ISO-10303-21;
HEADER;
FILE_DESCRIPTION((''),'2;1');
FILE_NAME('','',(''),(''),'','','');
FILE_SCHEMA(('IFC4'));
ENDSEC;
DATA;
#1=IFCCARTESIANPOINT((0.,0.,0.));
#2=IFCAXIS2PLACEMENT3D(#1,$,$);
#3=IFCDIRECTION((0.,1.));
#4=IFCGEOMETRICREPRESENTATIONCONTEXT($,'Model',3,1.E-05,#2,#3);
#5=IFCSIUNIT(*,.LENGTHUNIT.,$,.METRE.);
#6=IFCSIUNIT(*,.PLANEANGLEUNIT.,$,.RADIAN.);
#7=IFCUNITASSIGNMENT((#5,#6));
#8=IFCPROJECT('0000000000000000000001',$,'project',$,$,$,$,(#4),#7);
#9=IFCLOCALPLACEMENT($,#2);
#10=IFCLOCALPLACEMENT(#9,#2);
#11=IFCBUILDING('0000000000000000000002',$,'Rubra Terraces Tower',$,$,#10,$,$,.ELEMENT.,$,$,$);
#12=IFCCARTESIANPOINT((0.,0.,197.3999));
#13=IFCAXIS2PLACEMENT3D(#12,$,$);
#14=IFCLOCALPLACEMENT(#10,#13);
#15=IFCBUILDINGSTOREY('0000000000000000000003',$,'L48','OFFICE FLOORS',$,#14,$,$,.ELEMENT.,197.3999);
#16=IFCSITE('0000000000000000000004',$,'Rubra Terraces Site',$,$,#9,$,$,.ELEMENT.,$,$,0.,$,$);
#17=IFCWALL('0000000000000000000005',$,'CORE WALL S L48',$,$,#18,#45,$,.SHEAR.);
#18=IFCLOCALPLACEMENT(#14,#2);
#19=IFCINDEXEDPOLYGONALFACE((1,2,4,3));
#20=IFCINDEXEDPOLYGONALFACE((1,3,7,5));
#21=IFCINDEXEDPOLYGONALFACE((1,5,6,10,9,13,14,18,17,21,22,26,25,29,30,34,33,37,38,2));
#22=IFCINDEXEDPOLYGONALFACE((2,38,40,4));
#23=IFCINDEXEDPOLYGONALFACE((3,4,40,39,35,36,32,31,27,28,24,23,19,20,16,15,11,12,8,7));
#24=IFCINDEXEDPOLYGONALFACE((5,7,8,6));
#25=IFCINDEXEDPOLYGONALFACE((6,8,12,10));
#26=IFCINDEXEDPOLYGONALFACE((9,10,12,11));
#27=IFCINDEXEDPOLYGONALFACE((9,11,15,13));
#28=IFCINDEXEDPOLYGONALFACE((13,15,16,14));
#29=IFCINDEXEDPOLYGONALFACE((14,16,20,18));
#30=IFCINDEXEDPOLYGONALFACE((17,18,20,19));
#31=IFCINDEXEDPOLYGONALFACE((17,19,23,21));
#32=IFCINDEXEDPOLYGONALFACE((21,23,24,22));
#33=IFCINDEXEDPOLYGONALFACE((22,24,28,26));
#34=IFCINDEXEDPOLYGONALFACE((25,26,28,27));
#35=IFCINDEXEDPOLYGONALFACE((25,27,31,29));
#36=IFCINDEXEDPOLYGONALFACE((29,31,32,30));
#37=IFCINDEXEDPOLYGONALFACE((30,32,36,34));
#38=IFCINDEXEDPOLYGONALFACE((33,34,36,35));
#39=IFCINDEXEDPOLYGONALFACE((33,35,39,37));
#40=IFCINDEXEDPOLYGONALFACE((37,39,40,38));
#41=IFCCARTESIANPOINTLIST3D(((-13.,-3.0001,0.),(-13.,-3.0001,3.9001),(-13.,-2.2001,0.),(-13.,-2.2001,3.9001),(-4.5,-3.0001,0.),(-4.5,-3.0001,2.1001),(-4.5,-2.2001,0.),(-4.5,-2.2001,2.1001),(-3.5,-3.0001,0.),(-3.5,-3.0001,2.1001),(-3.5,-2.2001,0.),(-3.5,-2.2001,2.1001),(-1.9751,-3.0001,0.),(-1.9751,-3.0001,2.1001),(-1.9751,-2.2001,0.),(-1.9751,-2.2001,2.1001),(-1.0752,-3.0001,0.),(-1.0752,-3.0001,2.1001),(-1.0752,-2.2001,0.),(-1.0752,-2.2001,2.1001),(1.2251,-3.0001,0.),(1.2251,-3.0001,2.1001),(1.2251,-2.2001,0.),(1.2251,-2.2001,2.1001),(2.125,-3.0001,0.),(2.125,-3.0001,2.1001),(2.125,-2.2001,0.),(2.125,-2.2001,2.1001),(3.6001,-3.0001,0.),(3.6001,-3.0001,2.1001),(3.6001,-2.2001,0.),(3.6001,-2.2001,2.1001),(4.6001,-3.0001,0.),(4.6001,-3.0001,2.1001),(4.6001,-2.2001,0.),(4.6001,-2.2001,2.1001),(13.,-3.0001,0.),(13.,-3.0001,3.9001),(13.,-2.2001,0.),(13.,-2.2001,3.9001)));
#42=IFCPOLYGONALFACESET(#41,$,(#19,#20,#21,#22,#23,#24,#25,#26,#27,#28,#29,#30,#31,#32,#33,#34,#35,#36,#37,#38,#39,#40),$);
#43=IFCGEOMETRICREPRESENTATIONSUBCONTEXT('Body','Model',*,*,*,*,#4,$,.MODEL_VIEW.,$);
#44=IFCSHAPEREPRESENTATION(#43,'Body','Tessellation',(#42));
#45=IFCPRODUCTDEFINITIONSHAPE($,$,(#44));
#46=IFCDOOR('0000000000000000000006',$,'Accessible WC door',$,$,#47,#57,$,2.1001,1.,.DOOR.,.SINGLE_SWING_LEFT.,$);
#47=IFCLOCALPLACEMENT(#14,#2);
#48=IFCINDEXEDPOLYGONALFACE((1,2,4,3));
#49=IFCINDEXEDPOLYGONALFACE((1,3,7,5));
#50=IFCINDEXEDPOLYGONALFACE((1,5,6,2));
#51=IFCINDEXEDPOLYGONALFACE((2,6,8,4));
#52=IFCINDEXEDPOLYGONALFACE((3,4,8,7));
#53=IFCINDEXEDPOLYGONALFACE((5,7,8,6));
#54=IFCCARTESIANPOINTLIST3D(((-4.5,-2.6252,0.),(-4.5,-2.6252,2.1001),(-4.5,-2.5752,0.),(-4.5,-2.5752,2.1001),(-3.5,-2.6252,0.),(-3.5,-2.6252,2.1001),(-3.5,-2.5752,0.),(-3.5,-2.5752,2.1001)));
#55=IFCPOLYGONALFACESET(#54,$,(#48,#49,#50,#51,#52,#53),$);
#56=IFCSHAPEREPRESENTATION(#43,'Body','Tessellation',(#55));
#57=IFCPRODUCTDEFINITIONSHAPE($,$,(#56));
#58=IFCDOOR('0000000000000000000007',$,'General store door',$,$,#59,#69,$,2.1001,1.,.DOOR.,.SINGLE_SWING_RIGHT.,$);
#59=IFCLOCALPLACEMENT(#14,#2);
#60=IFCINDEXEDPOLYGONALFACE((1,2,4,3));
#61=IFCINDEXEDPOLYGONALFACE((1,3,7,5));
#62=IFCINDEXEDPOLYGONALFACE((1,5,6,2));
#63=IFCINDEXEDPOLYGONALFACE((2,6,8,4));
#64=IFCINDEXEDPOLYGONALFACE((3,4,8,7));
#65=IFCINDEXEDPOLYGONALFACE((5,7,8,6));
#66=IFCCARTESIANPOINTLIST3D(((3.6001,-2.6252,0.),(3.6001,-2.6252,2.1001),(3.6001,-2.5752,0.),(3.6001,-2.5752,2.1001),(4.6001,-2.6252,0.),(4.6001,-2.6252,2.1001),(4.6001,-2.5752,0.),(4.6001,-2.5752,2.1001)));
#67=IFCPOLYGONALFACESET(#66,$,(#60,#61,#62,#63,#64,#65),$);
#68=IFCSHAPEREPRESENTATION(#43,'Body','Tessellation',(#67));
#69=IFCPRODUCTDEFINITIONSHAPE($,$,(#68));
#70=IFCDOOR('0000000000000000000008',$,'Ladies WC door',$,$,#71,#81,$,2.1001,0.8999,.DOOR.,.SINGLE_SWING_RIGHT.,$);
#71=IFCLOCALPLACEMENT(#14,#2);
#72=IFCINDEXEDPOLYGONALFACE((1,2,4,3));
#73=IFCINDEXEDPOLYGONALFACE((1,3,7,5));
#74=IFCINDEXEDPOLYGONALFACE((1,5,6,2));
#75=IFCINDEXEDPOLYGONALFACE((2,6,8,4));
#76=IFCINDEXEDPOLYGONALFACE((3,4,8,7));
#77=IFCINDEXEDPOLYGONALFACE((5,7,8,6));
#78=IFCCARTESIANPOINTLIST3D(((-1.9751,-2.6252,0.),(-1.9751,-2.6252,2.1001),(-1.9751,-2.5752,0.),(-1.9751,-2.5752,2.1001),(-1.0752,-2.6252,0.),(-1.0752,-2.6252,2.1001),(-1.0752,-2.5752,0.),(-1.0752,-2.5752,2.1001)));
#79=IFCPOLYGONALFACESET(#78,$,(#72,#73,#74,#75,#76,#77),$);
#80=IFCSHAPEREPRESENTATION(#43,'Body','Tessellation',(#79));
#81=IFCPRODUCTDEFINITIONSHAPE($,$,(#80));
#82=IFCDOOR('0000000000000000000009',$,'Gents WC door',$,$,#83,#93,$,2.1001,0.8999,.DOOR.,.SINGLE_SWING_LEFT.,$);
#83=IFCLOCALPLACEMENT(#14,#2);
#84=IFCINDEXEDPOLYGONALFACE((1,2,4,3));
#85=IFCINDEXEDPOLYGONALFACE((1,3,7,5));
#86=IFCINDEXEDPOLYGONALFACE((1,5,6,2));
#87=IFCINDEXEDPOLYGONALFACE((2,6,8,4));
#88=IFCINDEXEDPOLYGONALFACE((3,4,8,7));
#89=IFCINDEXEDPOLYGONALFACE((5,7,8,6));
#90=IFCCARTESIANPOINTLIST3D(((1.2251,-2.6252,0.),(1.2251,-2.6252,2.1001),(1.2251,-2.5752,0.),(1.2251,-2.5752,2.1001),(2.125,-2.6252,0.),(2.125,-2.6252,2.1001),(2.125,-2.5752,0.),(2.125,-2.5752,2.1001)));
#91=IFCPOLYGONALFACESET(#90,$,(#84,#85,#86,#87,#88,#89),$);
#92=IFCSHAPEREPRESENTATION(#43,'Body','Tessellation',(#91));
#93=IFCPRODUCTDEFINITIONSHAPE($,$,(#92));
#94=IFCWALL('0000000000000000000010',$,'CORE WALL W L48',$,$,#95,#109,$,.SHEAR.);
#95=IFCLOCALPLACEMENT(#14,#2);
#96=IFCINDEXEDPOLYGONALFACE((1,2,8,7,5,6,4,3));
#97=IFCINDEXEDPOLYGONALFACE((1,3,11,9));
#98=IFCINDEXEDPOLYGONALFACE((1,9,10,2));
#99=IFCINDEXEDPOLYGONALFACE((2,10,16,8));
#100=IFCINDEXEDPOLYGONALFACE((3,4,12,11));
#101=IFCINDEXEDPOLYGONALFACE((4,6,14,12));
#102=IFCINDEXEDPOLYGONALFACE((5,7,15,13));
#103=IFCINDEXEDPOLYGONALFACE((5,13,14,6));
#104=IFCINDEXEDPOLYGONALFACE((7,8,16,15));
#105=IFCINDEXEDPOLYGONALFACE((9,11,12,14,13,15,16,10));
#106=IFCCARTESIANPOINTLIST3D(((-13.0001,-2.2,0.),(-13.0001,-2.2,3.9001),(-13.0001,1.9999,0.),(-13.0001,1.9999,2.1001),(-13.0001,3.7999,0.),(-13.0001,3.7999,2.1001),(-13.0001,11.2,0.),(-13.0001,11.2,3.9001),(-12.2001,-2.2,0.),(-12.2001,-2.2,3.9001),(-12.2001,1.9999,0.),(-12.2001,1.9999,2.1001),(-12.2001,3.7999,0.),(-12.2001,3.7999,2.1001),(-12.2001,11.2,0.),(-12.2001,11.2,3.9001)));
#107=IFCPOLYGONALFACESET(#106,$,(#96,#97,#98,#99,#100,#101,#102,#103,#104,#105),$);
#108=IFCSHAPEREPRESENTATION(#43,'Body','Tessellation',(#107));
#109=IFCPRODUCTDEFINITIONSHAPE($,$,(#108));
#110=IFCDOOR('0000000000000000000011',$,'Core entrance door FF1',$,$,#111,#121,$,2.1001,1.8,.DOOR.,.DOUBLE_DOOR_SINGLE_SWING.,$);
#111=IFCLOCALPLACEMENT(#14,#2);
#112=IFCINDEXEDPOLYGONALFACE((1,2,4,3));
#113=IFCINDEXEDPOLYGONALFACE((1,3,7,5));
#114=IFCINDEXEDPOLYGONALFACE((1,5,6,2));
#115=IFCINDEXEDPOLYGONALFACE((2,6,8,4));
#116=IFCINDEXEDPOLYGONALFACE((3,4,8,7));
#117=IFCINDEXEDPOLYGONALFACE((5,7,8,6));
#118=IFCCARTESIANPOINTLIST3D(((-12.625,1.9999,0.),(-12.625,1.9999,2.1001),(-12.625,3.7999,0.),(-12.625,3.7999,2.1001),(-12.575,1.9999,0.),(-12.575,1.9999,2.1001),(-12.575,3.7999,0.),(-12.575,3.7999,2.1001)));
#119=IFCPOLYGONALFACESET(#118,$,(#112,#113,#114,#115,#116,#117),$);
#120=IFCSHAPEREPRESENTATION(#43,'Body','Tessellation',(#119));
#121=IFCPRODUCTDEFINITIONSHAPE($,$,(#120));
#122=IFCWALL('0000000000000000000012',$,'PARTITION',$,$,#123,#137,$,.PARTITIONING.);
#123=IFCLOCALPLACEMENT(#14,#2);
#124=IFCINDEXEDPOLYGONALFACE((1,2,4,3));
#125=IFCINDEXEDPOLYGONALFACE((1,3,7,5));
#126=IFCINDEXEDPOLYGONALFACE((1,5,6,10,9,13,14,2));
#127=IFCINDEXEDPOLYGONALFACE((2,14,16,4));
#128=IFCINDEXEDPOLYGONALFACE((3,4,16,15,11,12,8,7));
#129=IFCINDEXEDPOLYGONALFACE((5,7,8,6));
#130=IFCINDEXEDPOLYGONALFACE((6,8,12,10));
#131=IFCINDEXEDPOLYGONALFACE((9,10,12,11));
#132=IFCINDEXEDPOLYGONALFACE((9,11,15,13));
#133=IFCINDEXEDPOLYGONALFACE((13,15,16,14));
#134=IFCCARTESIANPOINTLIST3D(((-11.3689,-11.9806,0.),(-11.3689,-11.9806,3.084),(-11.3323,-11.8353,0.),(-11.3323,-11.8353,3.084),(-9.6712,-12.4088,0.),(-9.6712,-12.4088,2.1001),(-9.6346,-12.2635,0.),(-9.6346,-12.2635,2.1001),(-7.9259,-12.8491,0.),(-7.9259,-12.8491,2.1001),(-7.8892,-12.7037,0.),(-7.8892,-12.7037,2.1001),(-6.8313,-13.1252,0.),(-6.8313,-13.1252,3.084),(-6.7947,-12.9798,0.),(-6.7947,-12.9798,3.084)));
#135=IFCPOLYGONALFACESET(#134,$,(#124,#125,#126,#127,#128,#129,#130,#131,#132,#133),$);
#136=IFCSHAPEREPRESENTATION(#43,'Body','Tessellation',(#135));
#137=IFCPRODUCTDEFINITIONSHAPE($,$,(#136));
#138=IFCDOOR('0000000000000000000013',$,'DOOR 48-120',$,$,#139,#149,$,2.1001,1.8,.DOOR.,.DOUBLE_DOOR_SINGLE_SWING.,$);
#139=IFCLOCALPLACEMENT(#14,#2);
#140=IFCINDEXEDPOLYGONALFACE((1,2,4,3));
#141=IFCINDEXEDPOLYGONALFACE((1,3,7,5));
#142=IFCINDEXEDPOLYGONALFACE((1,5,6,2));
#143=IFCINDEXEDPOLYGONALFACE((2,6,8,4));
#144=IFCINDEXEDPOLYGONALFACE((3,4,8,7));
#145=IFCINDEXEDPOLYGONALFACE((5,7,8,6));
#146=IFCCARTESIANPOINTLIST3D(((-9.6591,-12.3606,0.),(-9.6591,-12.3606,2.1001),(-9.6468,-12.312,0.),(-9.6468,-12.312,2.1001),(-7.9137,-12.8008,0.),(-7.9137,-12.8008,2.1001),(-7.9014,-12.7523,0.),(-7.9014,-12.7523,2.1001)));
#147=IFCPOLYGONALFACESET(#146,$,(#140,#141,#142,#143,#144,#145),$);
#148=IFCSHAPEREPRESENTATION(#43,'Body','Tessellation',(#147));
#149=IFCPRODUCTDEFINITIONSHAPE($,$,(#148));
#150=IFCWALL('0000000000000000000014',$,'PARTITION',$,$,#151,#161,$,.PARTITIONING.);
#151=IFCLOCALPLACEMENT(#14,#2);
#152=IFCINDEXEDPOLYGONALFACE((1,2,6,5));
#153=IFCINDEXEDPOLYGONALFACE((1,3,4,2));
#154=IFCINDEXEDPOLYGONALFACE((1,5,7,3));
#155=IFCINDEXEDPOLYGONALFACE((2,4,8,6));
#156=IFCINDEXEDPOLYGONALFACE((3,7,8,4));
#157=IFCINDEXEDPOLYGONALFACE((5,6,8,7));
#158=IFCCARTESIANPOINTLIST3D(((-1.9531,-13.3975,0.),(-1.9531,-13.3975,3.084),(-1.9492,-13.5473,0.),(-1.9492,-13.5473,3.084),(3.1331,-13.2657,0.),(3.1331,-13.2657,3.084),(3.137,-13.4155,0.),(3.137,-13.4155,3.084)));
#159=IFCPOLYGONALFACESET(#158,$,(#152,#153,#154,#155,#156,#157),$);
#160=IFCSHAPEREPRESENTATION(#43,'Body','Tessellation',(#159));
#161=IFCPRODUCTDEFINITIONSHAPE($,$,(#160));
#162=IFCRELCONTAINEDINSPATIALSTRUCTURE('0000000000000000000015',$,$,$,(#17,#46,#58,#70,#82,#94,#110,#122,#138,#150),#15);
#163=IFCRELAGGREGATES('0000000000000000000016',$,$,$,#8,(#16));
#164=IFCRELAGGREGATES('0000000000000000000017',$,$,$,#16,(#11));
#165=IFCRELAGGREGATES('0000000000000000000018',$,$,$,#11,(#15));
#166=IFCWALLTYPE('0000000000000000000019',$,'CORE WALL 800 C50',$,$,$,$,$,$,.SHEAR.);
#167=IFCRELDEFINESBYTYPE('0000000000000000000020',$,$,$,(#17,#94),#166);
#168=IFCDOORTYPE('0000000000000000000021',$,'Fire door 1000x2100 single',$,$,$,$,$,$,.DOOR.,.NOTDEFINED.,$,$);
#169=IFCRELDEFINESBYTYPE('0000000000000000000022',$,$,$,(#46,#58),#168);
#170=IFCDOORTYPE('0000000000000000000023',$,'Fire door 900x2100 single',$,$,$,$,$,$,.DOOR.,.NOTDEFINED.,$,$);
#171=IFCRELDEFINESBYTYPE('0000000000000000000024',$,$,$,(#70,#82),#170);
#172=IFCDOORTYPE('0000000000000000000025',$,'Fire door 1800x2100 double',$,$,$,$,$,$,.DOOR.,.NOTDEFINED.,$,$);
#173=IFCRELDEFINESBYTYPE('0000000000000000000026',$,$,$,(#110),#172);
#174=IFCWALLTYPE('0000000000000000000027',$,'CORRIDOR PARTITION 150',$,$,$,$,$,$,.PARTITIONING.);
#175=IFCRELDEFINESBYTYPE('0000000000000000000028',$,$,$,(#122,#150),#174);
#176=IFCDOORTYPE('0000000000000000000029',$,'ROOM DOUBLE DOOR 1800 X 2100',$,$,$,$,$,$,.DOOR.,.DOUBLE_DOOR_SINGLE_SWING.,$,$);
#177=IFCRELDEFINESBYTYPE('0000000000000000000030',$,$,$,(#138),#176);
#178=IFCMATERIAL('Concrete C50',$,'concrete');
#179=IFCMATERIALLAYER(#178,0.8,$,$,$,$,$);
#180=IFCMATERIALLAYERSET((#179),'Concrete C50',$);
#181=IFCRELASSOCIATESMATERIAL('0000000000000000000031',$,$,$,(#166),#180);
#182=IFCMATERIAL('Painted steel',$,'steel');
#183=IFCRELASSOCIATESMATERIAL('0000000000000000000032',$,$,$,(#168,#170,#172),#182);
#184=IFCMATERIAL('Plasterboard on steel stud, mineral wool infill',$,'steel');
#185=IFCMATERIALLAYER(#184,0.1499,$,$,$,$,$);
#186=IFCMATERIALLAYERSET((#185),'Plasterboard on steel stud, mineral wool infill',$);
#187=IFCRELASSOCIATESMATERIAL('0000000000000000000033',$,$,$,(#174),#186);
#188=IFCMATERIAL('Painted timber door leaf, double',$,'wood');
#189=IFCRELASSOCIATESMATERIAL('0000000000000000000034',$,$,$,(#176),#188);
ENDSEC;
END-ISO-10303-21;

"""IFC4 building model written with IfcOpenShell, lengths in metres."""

from ifc_helpers import new_model, si_unit, direction, frame, frame_2d, origin, place, context, subcontext, project, spatial, rectangle, extrude, material, layer, layer_set, type_object, element, fill, save


model = new_model("IFC4")

# Units and contexts
model_context = context("Model", 3, precision=1e-05, world=origin(), true_north=direction((0.0, 1.0)))
body_context = subcontext(model_context, "Body", "Model", "MODEL_VIEW")
ifc_project = project(units=[si_unit("LENGTHUNIT", "METRE"), si_unit("PLANEANGLEUNIT", "RADIAN")], contexts=[model_context])

# Site, building, storey
site_placement = place(None, origin())
site = spatial("IfcSite", under=ifc_project, at=site_placement, Name="Rubra Terraces Site", CompositionType="ELEMENT", RefElevation=0.0)
building_placement = place(site_placement, origin())
building = spatial("IfcBuilding", under=site, at=building_placement, Name="Rubra Terraces Tower", CompositionType="ELEMENT")
storey_placement = place(building_placement, frame((0.0, 0.0, 197.3999)))
storey = spatial("IfcBuildingStorey", under=building, at=storey_placement, Name="L48", Description="OFFICE FLOORS", CompositionType="ELEMENT", Elevation=197.3999)

# Wall, openings, doors
ifc_material_1 = material(Name="Concrete C50", Category="concrete")
ifc_layer_1 = layer(ifc_material_1, 0.8)
ifc_layer_set_1 = layer_set([ifc_layer_1], Name="Concrete C50")
wall_type_1 = type_object("IfcWallType", Name="CORE WALL 800 C50", PredefinedType="SHEAR", material=ifc_layer_set_1)
wall_1_placement = place(storey_placement, frame((-13.0, -2.6001, 0.0), z_axis=(0.0, 0.0, 1.0), x_axis=(1.0, 0.0, 0.0)))
wall_1 = element("IfcWall", 1, at=wall_1_placement, inside=storey, type_object=wall_type_1, Name="CORE WALL S L48", PredefinedType="SHEAR", context=body_context, shape_type="SweptSolid", body=[
    extrude(rectangle(XDim=26.0, YDim=0.8, at=frame_2d((13.0, 0.0))), origin(), (0.0, 0.0, 1.0), 3.9001),
])
opening_1_placement = place(wall_1_placement, frame((8.5, 0.0, 0.0)))
opening_1 = element("IfcOpeningElement", 2, at=opening_1_placement, cuts=wall_1, PredefinedType="OPENING", context=body_context, shape_type="SweptSolid", body=[
    extrude(rectangle(XDim=1.0, YDim=2.1001, at=frame_2d((0.5, 1.05))), frame((0.0, 0.4099, 0.0), z_axis=(0.0, -1.0, 0.0), x_axis=(1.0, 0.0, 0.0)), (0.0, 0.0, 1.0), 0.8201),
])
opening_2_placement = place(wall_1_placement, frame((11.0249, 0.0, 0.0)))
opening_2 = element("IfcOpeningElement", 3, at=opening_2_placement, cuts=wall_1, PredefinedType="OPENING", context=body_context, shape_type="SweptSolid", body=[
    extrude(rectangle(XDim=0.8999, YDim=2.1001, at=frame_2d((0.45, 1.05))), frame((0.0, 0.4099, 0.0), z_axis=(0.0, -1.0, 0.0), x_axis=(1.0, 0.0, 0.0)), (0.0, 0.0, 1.0), 0.8201),
])
opening_3_placement = place(wall_1_placement, frame((14.2251, 0.0, 0.0)))
opening_3 = element("IfcOpeningElement", 4, at=opening_3_placement, cuts=wall_1, PredefinedType="OPENING", context=body_context, shape_type="SweptSolid", body=[
    extrude(rectangle(XDim=0.8999, YDim=2.1001, at=frame_2d((0.45, 1.05))), frame((0.0, 0.4099, 0.0), z_axis=(0.0, -1.0, 0.0), x_axis=(1.0, 0.0, 0.0)), (0.0, 0.0, 1.0), 0.8201),
])
opening_4_placement = place(wall_1_placement, frame((16.6001, 0.0, 0.0)))
opening_4 = element("IfcOpeningElement", 5, at=opening_4_placement, cuts=wall_1, PredefinedType="OPENING", context=body_context, shape_type="SweptSolid", body=[
    extrude(rectangle(XDim=1.0, YDim=2.1001, at=frame_2d((0.5, 1.05))), frame((0.0, 0.4099, 0.0), z_axis=(0.0, -1.0, 0.0), x_axis=(1.0, 0.0, 0.0)), (0.0, 0.0, 1.0), 0.8201),
])
ifc_material_2 = material(Name="Painted steel", Category="steel")
door_type_1 = type_object("IfcDoorType", Name="Fire door 1000x2100 single", OperationType="NOTDEFINED", PredefinedType="DOOR", material=ifc_material_2)
door_1_placement = place(opening_1_placement, origin())
door_1 = element("IfcDoor", 6, at=door_1_placement, inside=storey, type_object=door_type_1, Name="Accessible WC door", OperationType="SINGLE_SWING_LEFT", OverallHeight=2.1001, OverallWidth=1.0, PredefinedType="DOOR", context=body_context, shape_type="SweptSolid", body=[
    extrude(rectangle(XDim=1.0, YDim=2.1001, at=frame_2d((0.5, 1.05))), frame((0.0, 0.0249, 0.0), z_axis=(0.0, -1.0, 0.0), x_axis=(1.0, 0.0, 0.0)), (0.0, 0.0, 1.0), 0.05),
])
fill(opening_1, door_1)
door_2_placement = place(opening_4_placement, origin())
door_2 = element("IfcDoor", 7, at=door_2_placement, inside=storey, type_object=door_type_1, Name="General store door", OperationType="SINGLE_SWING_RIGHT", OverallHeight=2.1001, OverallWidth=1.0, PredefinedType="DOOR", context=body_context, shape_type="SweptSolid", body=[
    extrude(rectangle(XDim=1.0, YDim=2.1001, at=frame_2d((0.5, 1.05))), frame((0.0, 0.0249, 0.0), z_axis=(0.0, -1.0, 0.0), x_axis=(1.0, 0.0, 0.0)), (0.0, 0.0, 1.0), 0.05),
])
fill(opening_4, door_2)
door_type_2 = type_object("IfcDoorType", Name="Fire door 900x2100 single", OperationType="NOTDEFINED", PredefinedType="DOOR", material=ifc_material_2)
door_3_placement = place(opening_2_placement, origin())
door_3 = element("IfcDoor", 8, at=door_3_placement, inside=storey, type_object=door_type_2, Name="Ladies WC door", OperationType="SINGLE_SWING_RIGHT", OverallHeight=2.1001, OverallWidth=0.8999, PredefinedType="DOOR", context=body_context, shape_type="SweptSolid", body=[
    extrude(rectangle(XDim=0.8999, YDim=2.1001, at=frame_2d((0.45, 1.05))), frame((0.0, 0.0249, 0.0), z_axis=(0.0, -1.0, 0.0), x_axis=(1.0, 0.0, 0.0)), (0.0, 0.0, 1.0), 0.05),
])
fill(opening_2, door_3)
door_4_placement = place(opening_3_placement, origin())
door_4 = element("IfcDoor", 9, at=door_4_placement, inside=storey, type_object=door_type_2, Name="Gents WC door", OperationType="SINGLE_SWING_LEFT", OverallHeight=2.1001, OverallWidth=0.8999, PredefinedType="DOOR", context=body_context, shape_type="SweptSolid", body=[
    extrude(rectangle(XDim=0.8999, YDim=2.1001, at=frame_2d((0.45, 1.05))), frame((0.0, 0.0249, 0.0), z_axis=(0.0, -1.0, 0.0), x_axis=(1.0, 0.0, 0.0)), (0.0, 0.0, 1.0), 0.05),
])
fill(opening_3, door_4)

# Walls, openings, doors
wall_2_placement = place(storey_placement, frame((-12.6001, -2.2, 0.0), z_axis=(0.0, 0.0, 1.0), x_axis=(0.0, 1.0, 0.0)))
wall_2 = element("IfcWall", 10, at=wall_2_placement, inside=storey, type_object=wall_type_1, Name="CORE WALL W L48", PredefinedType="SHEAR", context=body_context, shape_type="SweptSolid", body=[
    extrude(rectangle(XDim=13.3999, YDim=0.8, at=frame_2d((6.7, 0.0))), origin(), (0.0, 0.0, 1.0), 3.9001),
])
opening_5_placement = place(wall_2_placement, frame((4.2, 0.0, 0.0)))
opening_5 = element("IfcOpeningElement", 11, at=opening_5_placement, cuts=wall_2, PredefinedType="OPENING", context=body_context, shape_type="SweptSolid", body=[
    extrude(rectangle(XDim=1.8, YDim=2.1001, at=frame_2d((0.8999, 1.05))), frame((0.0, 0.4099, 0.0), z_axis=(0.0, -1.0, 0.0), x_axis=(1.0, 0.0, 0.0)), (0.0, 0.0, 1.0), 0.8201),
])
door_type_3 = type_object("IfcDoorType", Name="Fire door 1800x2100 double", OperationType="NOTDEFINED", PredefinedType="DOOR", material=ifc_material_2)
door_5_placement = place(opening_5_placement, origin())
door_5 = element("IfcDoor", 12, at=door_5_placement, inside=storey, type_object=door_type_3, Name="Core entrance door FF1", OperationType="DOUBLE_DOOR_SINGLE_SWING", OverallHeight=2.1001, OverallWidth=1.8, PredefinedType="DOOR", context=body_context, shape_type="SweptSolid", body=[
    extrude(rectangle(XDim=1.8, YDim=2.1001, at=frame_2d((0.8999, 1.05))), frame((0.0, 0.0249, 0.0), z_axis=(0.0, -1.0, 0.0), x_axis=(1.0, 0.0, 0.0)), (0.0, 0.0, 1.0), 0.05),
])
fill(opening_5, door_5)
ifc_material_3 = material(Name="Plasterboard on steel stud, mineral wool infill", Category="steel")
ifc_layer_2 = layer(ifc_material_3, 0.1499)
ifc_layer_set_2 = layer_set([ifc_layer_2], Name="Plasterboard on steel stud, mineral wool infill")
wall_type_2 = type_object("IfcWallType", Name="CORRIDOR PARTITION 150", PredefinedType="PARTITIONING", material=ifc_layer_set_2)
wall_3_placement = place(storey_placement, frame((-11.3506, -11.908, 0.0), z_axis=(0.0, 0.0, 1.0), x_axis=(0.969631, -0.244573, 0.0)))
wall_3 = element("IfcWall", 13, at=wall_3_placement, inside=storey, type_object=wall_type_2, Name="PARTITION", PredefinedType="PARTITIONING", context=body_context, shape_type="SweptSolid", body=[
    extrude(rectangle(XDim=4.6797, YDim=0.1499, at=frame_2d((2.3398, 0.0))), origin(), (0.0, 0.0, 1.0), 3.084),
])
opening_6_placement = place(wall_3_placement, frame((1.751, 0.0, 0.0)))
opening_6 = element("IfcOpeningElement", 14, at=opening_6_placement, cuts=wall_3, PredefinedType="OPENING", context=body_context, shape_type="SweptSolid", body=[
    extrude(rectangle(XDim=1.8, YDim=2.1001, at=frame_2d((0.8999, 1.05))), frame((0.0, 0.085, 0.0), z_axis=(0.0, -1.0, 0.0), x_axis=(1.0, 0.0, 0.0)), (0.0, 0.0, 1.0), 0.1699),
])
ifc_material_4 = material(Name="Painted timber door leaf, double", Category="wood")
door_type_4 = type_object("IfcDoorType", Name="ROOM DOUBLE DOOR 1800 X 2100", OperationType="DOUBLE_DOOR_SINGLE_SWING", PredefinedType="DOOR", material=ifc_material_4)
door_6_placement = place(opening_6_placement, origin())
door_6 = element("IfcDoor", 15, at=door_6_placement, inside=storey, type_object=door_type_4, Name="DOOR 48-120", OperationType="DOUBLE_DOOR_SINGLE_SWING", OverallHeight=2.1001, OverallWidth=1.8, PredefinedType="DOOR", context=body_context, shape_type="SweptSolid", body=[
    extrude(rectangle(XDim=1.8, YDim=2.1001, at=frame_2d((0.8999, 1.05))), frame((0.0, 0.0249, 0.0), z_axis=(0.0, -1.0, 0.0), x_axis=(1.0, 0.0, 0.0)), (0.0, 0.0, 1.0), 0.05),
])
fill(opening_6, door_6)

# Wall
wall_4_placement = place(storey_placement, frame((-1.9512, -13.4724, 0.0), z_axis=(0.0, 0.0, 1.0), x_axis=(0.999664, 0.025912, 0.0)))
element("IfcWall", 16, at=wall_4_placement, inside=storey, type_object=wall_type_2, Name="PARTITION", PredefinedType="PARTITIONING", context=body_context, shape_type="SweptSolid", body=[
    extrude(rectangle(XDim=5.0879, YDim=0.1499, at=frame_2d((2.5439, 0.0))), origin(), (0.0, 0.0, 1.0), 3.084),
])

save(model, "model.ifc")
